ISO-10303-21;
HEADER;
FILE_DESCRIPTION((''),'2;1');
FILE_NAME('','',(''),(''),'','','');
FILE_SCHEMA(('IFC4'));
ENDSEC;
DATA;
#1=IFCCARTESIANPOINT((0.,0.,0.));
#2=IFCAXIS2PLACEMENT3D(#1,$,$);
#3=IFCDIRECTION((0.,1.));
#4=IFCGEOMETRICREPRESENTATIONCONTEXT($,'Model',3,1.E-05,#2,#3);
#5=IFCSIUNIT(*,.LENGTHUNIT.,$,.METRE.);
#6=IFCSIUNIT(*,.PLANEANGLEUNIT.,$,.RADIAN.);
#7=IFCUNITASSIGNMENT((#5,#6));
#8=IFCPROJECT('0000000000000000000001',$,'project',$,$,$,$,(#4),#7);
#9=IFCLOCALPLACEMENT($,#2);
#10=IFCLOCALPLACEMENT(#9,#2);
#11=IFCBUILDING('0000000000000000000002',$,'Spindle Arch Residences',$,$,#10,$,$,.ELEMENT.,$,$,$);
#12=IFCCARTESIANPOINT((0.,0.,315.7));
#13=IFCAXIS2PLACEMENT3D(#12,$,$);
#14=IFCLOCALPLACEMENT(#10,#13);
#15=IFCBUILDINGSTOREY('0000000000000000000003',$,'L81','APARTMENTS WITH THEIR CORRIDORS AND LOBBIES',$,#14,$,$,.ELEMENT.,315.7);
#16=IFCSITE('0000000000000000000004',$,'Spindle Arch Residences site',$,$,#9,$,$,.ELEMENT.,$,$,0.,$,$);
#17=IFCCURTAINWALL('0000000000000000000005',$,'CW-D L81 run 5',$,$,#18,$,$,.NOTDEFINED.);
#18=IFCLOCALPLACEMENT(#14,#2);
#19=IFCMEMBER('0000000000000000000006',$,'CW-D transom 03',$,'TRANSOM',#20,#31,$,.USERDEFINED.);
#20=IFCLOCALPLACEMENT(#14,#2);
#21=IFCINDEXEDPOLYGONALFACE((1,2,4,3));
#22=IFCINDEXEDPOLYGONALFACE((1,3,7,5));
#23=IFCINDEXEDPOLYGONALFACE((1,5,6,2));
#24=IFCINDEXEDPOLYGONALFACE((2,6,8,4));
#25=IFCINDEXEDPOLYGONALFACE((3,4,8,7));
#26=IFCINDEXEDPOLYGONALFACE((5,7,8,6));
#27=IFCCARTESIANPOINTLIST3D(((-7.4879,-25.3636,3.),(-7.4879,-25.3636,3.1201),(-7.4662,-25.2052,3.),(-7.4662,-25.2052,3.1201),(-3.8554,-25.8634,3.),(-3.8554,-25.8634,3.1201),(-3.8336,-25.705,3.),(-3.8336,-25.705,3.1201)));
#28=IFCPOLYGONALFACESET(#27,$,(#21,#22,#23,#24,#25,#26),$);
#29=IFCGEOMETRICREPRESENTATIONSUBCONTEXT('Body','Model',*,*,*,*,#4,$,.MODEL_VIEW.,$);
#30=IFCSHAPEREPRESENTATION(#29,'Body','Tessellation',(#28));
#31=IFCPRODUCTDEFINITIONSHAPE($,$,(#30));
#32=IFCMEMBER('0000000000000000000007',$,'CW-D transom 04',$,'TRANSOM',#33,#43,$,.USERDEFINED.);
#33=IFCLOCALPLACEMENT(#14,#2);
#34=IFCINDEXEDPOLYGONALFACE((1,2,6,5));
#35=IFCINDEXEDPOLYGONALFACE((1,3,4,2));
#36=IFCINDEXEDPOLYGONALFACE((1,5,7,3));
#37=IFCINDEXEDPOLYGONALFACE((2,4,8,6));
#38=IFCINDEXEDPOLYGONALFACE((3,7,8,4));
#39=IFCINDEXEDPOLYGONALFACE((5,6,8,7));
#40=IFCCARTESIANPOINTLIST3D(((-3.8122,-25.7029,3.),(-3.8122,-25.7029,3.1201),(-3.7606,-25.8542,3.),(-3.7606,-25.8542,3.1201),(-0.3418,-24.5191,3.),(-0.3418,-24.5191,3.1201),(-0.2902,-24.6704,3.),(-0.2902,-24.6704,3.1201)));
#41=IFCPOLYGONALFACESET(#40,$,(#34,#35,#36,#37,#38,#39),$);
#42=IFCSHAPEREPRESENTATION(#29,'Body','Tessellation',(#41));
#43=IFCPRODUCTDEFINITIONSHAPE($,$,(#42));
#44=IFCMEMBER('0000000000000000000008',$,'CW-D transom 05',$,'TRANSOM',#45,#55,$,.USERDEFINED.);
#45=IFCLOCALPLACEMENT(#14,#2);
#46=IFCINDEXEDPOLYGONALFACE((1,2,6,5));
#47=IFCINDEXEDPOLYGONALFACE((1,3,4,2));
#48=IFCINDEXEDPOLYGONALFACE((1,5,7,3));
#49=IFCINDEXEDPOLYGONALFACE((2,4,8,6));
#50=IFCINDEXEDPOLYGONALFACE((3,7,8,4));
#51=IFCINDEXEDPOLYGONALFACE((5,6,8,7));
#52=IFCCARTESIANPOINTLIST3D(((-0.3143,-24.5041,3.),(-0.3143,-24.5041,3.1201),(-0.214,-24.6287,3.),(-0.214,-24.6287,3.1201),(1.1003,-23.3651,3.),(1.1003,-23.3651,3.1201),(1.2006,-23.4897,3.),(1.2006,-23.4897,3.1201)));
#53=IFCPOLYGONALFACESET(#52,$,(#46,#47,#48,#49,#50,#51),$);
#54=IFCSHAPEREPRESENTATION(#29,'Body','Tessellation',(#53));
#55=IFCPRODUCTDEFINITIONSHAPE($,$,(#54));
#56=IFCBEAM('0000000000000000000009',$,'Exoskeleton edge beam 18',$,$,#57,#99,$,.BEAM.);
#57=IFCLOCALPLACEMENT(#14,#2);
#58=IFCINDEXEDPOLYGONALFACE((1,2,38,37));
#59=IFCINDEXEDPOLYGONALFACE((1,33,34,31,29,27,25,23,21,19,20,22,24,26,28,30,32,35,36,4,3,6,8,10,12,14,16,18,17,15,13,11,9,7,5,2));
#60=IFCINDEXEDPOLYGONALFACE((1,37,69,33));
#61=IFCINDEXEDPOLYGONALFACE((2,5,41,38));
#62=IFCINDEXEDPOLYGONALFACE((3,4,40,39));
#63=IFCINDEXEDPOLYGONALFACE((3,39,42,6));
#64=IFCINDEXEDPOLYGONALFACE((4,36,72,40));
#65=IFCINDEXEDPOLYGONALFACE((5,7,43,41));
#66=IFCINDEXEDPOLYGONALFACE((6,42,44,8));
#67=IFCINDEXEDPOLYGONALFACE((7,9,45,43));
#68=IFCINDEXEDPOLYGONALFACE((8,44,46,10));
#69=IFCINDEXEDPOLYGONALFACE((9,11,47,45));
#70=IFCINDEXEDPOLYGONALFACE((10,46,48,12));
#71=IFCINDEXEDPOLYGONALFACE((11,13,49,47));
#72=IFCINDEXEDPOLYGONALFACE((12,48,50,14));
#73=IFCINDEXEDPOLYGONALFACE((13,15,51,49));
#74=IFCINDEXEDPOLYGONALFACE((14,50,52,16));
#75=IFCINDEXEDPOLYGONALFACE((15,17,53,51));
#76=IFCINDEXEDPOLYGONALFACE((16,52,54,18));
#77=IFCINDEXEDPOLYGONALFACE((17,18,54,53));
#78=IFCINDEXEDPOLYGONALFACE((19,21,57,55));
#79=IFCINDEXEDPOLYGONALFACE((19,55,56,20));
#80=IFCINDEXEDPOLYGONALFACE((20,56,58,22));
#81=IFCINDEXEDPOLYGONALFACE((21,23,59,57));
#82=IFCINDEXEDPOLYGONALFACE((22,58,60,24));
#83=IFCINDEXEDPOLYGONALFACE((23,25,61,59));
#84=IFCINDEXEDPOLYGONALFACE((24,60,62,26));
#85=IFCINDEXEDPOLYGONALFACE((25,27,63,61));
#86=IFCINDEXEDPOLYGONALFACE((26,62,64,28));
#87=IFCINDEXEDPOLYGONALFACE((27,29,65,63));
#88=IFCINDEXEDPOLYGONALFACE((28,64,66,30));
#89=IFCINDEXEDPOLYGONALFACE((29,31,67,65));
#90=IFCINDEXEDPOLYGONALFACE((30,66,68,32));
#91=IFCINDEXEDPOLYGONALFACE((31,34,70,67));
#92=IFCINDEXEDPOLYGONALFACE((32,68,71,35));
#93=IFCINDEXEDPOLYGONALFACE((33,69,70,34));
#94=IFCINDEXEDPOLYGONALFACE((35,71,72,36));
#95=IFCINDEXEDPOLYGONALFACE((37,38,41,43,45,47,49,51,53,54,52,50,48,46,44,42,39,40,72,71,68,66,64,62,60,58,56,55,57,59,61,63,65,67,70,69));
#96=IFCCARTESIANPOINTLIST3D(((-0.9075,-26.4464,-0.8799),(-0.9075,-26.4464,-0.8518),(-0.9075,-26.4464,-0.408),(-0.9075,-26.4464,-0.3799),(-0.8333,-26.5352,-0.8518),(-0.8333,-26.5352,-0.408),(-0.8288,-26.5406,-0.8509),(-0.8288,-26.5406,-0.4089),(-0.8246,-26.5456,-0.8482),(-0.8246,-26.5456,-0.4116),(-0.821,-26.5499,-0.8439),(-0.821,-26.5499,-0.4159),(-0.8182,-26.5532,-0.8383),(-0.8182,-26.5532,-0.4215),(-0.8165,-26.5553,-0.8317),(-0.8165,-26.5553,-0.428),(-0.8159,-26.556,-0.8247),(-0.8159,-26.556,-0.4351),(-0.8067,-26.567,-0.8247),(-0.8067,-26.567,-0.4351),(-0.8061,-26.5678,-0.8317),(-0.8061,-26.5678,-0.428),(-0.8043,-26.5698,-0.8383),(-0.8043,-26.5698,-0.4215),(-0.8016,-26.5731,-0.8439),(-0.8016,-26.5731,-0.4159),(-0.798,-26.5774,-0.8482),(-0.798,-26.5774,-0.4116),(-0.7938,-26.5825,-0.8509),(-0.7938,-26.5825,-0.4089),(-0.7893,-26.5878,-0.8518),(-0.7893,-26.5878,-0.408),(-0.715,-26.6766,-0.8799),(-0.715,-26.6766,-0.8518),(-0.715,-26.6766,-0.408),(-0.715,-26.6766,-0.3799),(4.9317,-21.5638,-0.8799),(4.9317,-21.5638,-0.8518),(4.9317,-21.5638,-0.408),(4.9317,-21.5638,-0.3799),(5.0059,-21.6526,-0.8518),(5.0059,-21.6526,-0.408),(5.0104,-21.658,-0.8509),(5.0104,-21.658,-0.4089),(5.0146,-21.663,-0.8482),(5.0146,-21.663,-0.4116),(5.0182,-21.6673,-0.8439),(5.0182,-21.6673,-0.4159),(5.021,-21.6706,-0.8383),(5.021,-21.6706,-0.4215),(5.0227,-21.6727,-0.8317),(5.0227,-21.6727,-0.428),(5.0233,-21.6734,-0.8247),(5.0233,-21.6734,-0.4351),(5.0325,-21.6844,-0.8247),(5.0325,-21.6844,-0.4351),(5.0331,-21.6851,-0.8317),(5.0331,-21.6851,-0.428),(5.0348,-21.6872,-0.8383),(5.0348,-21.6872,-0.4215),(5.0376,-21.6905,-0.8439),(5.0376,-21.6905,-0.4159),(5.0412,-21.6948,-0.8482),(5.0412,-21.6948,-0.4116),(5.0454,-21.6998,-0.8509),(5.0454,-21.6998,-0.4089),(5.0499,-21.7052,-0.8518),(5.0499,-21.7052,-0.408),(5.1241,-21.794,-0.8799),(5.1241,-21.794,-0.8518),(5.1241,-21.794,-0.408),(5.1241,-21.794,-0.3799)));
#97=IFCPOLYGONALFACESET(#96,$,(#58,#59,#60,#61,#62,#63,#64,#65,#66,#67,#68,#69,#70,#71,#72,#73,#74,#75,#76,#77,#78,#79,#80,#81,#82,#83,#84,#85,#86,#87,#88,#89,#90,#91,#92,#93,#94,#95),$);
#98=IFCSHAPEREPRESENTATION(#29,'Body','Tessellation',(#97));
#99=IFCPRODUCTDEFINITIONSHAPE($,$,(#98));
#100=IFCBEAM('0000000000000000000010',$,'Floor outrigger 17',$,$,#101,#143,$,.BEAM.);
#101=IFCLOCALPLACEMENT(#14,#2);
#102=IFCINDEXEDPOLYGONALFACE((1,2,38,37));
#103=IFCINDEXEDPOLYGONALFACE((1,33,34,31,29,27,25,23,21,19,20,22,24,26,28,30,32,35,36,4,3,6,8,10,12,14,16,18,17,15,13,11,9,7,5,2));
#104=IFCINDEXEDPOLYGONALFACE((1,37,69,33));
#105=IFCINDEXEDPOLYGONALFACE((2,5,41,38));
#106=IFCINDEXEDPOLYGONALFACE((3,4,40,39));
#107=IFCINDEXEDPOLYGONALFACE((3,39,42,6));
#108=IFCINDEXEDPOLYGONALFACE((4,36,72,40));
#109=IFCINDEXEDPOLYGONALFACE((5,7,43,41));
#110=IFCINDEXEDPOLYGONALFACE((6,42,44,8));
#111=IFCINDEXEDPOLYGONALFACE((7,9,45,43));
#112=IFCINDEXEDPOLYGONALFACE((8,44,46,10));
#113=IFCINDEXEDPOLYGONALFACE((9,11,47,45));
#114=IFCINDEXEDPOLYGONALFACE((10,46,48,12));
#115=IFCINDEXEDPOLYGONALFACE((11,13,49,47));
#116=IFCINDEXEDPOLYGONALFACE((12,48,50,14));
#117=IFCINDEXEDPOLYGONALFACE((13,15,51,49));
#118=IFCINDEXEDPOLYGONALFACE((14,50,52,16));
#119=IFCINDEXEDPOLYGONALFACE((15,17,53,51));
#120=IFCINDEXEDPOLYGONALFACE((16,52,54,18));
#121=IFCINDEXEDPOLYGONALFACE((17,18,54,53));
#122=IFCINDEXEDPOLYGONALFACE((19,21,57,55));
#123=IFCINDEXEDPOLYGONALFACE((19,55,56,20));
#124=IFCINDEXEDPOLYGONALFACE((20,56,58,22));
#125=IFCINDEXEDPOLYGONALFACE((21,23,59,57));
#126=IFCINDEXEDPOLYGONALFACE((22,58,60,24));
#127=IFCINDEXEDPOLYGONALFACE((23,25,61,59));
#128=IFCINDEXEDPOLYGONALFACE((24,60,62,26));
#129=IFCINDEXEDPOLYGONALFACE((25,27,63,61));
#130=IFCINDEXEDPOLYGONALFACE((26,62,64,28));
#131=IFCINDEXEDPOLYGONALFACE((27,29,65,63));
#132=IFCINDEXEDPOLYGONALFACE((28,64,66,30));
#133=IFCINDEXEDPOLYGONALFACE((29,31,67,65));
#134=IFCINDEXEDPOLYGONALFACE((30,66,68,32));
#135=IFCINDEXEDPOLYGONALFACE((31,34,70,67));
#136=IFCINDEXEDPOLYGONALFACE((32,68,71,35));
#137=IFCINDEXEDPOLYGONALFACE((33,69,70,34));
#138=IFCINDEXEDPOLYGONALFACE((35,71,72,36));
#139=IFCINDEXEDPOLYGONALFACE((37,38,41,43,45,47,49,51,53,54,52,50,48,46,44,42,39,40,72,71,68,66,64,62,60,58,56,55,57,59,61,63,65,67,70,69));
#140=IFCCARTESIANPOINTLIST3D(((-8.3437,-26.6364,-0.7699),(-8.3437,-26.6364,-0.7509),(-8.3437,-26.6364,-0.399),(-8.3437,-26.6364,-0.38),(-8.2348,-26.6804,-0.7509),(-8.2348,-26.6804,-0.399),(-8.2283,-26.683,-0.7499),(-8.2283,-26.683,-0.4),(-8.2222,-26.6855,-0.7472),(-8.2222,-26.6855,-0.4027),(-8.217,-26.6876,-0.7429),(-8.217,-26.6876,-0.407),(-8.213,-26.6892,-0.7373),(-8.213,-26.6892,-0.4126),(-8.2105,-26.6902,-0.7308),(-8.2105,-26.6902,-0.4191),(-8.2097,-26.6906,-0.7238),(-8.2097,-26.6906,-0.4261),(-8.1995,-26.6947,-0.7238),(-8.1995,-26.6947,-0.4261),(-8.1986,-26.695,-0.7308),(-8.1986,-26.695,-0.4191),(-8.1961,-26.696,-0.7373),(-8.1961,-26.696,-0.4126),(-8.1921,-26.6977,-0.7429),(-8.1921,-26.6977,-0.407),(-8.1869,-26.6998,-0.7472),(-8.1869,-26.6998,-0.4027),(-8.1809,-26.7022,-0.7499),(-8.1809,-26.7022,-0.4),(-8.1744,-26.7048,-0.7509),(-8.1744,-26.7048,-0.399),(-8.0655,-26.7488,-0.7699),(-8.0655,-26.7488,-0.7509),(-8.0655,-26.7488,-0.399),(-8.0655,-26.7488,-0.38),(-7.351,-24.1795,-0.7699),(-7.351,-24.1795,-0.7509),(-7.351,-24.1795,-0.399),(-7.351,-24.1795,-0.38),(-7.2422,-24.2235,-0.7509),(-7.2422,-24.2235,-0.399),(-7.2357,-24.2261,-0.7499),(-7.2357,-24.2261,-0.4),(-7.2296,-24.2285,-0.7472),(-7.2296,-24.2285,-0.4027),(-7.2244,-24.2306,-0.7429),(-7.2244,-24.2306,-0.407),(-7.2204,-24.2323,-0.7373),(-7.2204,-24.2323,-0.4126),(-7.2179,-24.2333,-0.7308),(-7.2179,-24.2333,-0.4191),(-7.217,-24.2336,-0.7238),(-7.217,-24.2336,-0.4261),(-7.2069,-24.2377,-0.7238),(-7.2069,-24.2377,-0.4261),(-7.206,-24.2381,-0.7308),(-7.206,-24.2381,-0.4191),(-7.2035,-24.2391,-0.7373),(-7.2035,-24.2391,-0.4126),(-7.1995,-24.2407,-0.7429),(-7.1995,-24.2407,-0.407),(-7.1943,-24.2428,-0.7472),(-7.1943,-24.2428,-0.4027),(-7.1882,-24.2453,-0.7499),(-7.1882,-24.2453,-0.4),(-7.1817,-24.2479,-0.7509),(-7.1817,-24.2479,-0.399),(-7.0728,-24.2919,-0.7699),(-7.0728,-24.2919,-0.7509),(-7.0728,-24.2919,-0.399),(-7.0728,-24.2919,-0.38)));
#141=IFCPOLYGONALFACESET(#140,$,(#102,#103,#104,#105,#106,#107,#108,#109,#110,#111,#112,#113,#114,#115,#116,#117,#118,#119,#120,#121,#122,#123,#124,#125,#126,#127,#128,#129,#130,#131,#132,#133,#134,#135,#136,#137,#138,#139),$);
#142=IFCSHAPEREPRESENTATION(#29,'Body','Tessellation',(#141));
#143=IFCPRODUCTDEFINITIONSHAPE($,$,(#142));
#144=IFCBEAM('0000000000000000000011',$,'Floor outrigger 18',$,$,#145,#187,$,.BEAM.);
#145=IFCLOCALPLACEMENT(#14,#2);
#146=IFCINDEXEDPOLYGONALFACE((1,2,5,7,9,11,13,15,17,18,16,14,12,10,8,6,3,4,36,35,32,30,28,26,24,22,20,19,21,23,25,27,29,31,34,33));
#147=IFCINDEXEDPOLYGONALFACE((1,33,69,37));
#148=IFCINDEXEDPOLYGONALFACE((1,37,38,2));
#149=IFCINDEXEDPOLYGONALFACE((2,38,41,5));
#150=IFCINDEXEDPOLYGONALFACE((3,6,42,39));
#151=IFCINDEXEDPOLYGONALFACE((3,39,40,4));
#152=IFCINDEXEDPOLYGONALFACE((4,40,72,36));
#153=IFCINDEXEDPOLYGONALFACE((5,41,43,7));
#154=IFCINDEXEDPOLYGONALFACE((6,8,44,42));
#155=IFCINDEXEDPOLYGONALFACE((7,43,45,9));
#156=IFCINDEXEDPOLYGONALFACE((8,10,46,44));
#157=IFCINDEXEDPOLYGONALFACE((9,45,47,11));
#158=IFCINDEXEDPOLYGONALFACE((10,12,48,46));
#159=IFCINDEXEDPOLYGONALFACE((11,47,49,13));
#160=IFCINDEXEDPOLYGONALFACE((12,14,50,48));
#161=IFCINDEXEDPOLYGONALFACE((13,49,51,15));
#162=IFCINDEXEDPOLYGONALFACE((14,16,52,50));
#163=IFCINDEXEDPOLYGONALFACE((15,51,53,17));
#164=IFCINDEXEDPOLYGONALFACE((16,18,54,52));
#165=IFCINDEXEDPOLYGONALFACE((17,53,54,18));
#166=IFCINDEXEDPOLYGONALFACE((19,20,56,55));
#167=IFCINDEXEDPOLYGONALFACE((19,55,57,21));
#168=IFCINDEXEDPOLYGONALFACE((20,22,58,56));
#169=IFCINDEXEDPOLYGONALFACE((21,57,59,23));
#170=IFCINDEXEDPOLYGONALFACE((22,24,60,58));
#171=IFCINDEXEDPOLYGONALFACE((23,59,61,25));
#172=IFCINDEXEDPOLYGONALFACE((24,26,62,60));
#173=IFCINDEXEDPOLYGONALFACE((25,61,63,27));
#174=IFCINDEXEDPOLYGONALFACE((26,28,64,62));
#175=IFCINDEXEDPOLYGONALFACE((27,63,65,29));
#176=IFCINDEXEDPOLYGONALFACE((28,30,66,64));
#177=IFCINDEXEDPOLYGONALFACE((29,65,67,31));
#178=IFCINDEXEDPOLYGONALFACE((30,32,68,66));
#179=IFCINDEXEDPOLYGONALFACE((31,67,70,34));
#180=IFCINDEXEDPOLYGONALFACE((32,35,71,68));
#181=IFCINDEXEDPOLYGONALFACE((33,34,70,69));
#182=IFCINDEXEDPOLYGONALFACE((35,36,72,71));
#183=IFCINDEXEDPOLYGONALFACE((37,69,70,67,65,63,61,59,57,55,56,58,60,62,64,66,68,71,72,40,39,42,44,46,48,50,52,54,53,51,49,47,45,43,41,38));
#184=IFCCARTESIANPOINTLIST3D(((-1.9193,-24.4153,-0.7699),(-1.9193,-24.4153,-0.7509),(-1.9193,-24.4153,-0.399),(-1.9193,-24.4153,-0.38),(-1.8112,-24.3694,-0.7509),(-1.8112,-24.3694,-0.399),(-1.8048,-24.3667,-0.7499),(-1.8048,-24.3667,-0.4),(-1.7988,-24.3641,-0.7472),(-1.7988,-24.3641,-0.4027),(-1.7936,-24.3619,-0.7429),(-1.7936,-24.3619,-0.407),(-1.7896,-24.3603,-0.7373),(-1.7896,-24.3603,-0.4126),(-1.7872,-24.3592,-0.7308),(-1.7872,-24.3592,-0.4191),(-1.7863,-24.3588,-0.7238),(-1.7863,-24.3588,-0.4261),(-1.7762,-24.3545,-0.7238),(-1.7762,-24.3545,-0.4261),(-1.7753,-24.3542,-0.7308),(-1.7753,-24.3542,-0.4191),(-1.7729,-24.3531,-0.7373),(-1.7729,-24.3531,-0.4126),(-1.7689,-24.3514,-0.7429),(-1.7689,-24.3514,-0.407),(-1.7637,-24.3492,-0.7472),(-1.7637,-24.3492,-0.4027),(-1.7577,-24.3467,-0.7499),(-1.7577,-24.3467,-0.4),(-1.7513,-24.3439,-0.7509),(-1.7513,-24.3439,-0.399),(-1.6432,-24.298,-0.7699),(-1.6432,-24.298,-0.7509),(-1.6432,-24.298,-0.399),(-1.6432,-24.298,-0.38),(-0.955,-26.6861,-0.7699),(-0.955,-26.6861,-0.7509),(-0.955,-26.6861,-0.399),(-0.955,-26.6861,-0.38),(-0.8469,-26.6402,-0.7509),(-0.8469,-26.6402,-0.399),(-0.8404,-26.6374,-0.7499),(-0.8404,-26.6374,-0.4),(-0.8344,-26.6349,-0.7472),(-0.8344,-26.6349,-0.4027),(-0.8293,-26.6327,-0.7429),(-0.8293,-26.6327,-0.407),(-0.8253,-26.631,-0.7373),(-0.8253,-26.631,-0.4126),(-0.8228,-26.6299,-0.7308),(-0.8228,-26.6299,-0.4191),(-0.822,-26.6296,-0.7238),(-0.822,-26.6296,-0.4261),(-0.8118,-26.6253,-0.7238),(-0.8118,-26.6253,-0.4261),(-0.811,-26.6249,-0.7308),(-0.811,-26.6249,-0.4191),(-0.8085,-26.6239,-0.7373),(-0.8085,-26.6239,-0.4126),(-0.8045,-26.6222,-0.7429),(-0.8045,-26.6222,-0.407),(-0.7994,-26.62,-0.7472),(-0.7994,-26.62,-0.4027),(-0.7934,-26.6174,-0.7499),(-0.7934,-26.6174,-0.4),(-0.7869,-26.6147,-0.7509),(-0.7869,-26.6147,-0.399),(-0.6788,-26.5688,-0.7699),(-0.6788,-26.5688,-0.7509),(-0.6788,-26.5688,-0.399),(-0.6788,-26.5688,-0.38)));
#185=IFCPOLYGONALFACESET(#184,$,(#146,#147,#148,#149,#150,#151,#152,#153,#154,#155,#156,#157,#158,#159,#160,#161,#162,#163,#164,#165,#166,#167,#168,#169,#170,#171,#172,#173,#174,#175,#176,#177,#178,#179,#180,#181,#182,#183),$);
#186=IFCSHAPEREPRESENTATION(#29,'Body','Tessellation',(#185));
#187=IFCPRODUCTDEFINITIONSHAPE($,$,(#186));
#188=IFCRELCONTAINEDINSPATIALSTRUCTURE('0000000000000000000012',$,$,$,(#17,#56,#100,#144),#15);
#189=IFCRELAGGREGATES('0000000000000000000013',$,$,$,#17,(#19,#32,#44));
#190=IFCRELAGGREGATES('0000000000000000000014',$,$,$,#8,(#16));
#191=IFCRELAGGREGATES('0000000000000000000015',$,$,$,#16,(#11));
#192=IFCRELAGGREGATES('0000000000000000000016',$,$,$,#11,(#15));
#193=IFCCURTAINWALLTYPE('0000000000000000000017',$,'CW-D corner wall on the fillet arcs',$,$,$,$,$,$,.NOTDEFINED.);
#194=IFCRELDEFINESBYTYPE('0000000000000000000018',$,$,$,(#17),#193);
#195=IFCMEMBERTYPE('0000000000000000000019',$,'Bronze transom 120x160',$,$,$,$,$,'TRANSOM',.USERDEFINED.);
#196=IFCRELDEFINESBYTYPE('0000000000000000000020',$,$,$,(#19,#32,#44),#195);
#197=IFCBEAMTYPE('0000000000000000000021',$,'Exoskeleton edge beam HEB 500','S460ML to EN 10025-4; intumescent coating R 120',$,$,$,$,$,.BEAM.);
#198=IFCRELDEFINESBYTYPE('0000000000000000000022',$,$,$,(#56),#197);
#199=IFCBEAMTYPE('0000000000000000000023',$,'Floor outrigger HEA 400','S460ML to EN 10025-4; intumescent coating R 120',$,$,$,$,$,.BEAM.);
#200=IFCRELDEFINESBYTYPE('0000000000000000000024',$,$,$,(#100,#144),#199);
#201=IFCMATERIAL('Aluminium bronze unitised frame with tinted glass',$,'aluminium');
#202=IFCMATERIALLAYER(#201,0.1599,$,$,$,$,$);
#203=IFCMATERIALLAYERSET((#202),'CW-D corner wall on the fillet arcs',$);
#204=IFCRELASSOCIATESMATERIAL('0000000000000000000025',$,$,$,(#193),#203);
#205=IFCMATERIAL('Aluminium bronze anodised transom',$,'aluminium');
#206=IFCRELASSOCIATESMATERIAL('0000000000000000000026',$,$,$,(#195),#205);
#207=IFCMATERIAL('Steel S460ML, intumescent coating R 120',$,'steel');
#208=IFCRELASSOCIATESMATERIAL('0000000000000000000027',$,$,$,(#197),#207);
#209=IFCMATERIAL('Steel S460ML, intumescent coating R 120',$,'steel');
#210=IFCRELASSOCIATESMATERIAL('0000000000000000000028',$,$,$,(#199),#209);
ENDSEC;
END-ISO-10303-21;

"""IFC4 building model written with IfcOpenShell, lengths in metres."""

from ifc_helpers import new_model, si_unit, direction, frame, origin, origin_2d, place, context, subcontext, project, spatial, rectangle, i_section, extrude, material, layer, layer_set, material_profile, profile_set, type_object, element, aggregate, save


model = new_model("IFC4")

# Units and contexts
model_context = context("Model", 3, precision=1e-05, world=origin(), true_north=direction((0.0, 1.0)))
body_context = subcontext(model_context, "Body", "Model", "MODEL_VIEW")
ifc_project = project(units=[si_unit("LENGTHUNIT", "METRE"), si_unit("PLANEANGLEUNIT", "RADIAN")], contexts=[model_context])

# Site, building, storey
site_placement = place(None, origin())
site = spatial("IfcSite", under=ifc_project, at=site_placement, Name="Spindle Arch Residences site", CompositionType="ELEMENT", RefElevation=0.0)
building_placement = place(site_placement, origin())
building = spatial("IfcBuilding", under=site, at=building_placement, Name="Spindle Arch Residences", CompositionType="ELEMENT")
storey_placement = place(building_placement, frame((0.0, 0.0, 315.7)))
storey = spatial("IfcBuildingStorey", under=building, at=storey_placement, Name="L81", Description="APARTMENTS WITH THEIR CORRIDORS AND LOBBIES", CompositionType="ELEMENT", Elevation=315.7)

# Curtain wall, members
ifc_material_1 = material(Name="Aluminium bronze unitised frame with tinted glass", Category="aluminium")
ifc_layer_1 = layer(ifc_material_1, 0.1599)
ifc_layer_set_1 = layer_set([ifc_layer_1], Name="CW-D corner wall on the fillet arcs")
curtain_wall_type = type_object("IfcCurtainWallType", Name="CW-D corner wall on the fillet arcs", PredefinedType="NOTDEFINED", material=ifc_layer_set_1)
curtain_wall_placement = place(storey_placement, origin())
curtain_wall = element("IfcCurtainWall", 1, at=curtain_wall_placement, inside=storey, type_object=curtain_wall_type, Name="CW-D L81 run 5", PredefinedType="NOTDEFINED")
ifc_material_2 = material(Name="Aluminium bronze anodised transom", Category="aluminium")
ifc_material_profile_1 = material_profile(ifc_material_2, rectangle(XDim=0.1599, YDim=0.1201, at=origin_2d()), Name="TR 120x160")
ifc_profile_set_1 = profile_set([ifc_material_profile_1], Name="Aluminium bronze anodised transom")
member_type_1 = type_object("IfcMemberType", Name="Bronze transom 120x160", ElementType="TRANSOM", PredefinedType="USERDEFINED", material=ifc_profile_set_1)
member_1_placement = place(storey_placement, frame((-7.4771, -25.2844, 3.0601), z_axis=(0.990669, -0.136293, 0.0), x_axis=(0.136293, 0.990669, 0.0)))
member_1 = element("IfcMember", 2, at=member_1_placement, type_object=member_type_1, Name="CW-D transom 03", ObjectType="TRANSOM", PredefinedType="USERDEFINED", context=body_context, shape_type="SweptSolid", body=[
    extrude(rectangle(XDim=0.1599, YDim=0.1201, at=origin_2d()), origin(), (0.0, 0.0, 1.0), 3.6667),
])
member_2_placement = place(storey_placement, frame((-3.7864, -25.7786, 3.0601), z_axis=(0.94645, 0.322852, 0.0), x_axis=(-0.322852, 0.94645, 0.0)))
member_2 = element("IfcMember", 3, at=member_2_placement, type_object=member_type_1, Name="CW-D transom 04", ObjectType="TRANSOM", PredefinedType="USERDEFINED", context=body_context, shape_type="SweptSolid", body=[
    extrude(rectangle(XDim=0.1599, YDim=0.1201, at=origin_2d()), origin(), (0.0, 0.0, 1.0), 3.6667),
])
member_3_placement = place(storey_placement, frame((-0.2642, -24.5664, 3.0601), z_axis=(0.778911, 0.627135, 0.0), x_axis=(-0.627135, 0.778911, 0.0)))
member_3 = element("IfcMember", 4, at=member_3_placement, type_object=member_type_1, Name="CW-D transom 05", ObjectType="TRANSOM", PredefinedType="USERDEFINED", context=body_context, shape_type="SweptSolid", body=[
    extrude(rectangle(XDim=0.1599, YDim=0.1201, at=origin_2d()), origin(), (0.0, 0.0, 1.0), 1.8162),
])

# Beams
ifc_material_3 = material(Name="Steel S460ML, intumescent coating R 120", Category="steel")
ifc_material_profile_2 = material_profile(ifc_material_3, i_section(OverallWidth=0.3, OverallDepth=0.5, WebThickness=0.0144, FlangeThickness=0.0281, FilletRadius=0.0271, at=origin_2d()), Name="HEB 500")
ifc_profile_set_2 = profile_set([ifc_material_profile_2], Name="Steel S460ML, intumescent coating R 120")
beam_type_1 = type_object("IfcBeamType", Name="Exoskeleton edge beam HEB 500", Description="S460ML to EN 10025-4; intumescent coating R 120", PredefinedType="BEAM", material=ifc_profile_set_2)
beam_1_placement = place(storey_placement, frame((-0.8113, -26.5615, -0.6299), z_axis=(0.767145, 0.641474, 0.0), x_axis=(-0.641474, 0.767145, 0.0)))
element("IfcBeam", 5, at=beam_1_placement, inside=storey, type_object=beam_type_1, Name="Exoskeleton edge beam 18", PredefinedType="BEAM", context=body_context, shape_type="SweptSolid", body=[
    extrude(i_section(OverallWidth=0.3, OverallDepth=0.5, WebThickness=0.0144, FlangeThickness=0.0281, FilletRadius=0.0271, at=origin_2d()), origin(), (0.0, 0.0, 1.0), 7.6116),
])
ifc_material_4 = material(Name="Steel S460ML, intumescent coating R 120", Category="steel")
ifc_material_profile_3 = material_profile(ifc_material_4, i_section(OverallWidth=0.3, OverallDepth=0.3899, WebThickness=0.011, FlangeThickness=0.019, FilletRadius=0.0271, at=origin_2d()), Name="HEA 400")
ifc_profile_set_3 = profile_set([ifc_material_profile_3], Name="Steel S460ML, intumescent coating R 120")
beam_type_2 = type_object("IfcBeamType", Name="Floor outrigger HEA 400", Description="S460ML to EN 10025-4; intumescent coating R 120", PredefinedType="BEAM", material=ifc_profile_set_3)
beam_2_placement = place(storey_placement, frame((-8.2046, -26.6926, -0.575), z_axis=(0.374597, 0.927188, 0.0), x_axis=(-0.927188, 0.374597, 0.0)))
element("IfcBeam", 6, at=beam_2_placement, inside=storey, type_object=beam_type_2, Name="Floor outrigger 17", PredefinedType="BEAM", context=body_context, shape_type="SweptSolid", body=[
    extrude(i_section(OverallWidth=0.3, OverallDepth=0.3899, WebThickness=0.011, FlangeThickness=0.019, FilletRadius=0.0271, at=origin_2d()), origin(), (0.0, 0.0, 1.0), 2.6499),
])
beam_3_placement = place(storey_placement, frame((-0.8169, -26.6274, -0.575), z_axis=(-0.390895, 0.920435, 0.0), x_axis=(-0.920435, -0.390895, 0.0)))
element("IfcBeam", 7, at=beam_3_placement, inside=storey, type_object=beam_type_2, Name="Floor outrigger 18", PredefinedType="BEAM", context=body_context, shape_type="SweptSolid", body=[
    extrude(i_section(OverallWidth=0.3, OverallDepth=0.3899, WebThickness=0.011, FlangeThickness=0.019, FilletRadius=0.0271, at=origin_2d()), origin(), (0.0, 0.0, 1.0), 2.467),
])

aggregate(curtain_wall, [member_1, member_2, member_3])

save(model, "model.ifc")
